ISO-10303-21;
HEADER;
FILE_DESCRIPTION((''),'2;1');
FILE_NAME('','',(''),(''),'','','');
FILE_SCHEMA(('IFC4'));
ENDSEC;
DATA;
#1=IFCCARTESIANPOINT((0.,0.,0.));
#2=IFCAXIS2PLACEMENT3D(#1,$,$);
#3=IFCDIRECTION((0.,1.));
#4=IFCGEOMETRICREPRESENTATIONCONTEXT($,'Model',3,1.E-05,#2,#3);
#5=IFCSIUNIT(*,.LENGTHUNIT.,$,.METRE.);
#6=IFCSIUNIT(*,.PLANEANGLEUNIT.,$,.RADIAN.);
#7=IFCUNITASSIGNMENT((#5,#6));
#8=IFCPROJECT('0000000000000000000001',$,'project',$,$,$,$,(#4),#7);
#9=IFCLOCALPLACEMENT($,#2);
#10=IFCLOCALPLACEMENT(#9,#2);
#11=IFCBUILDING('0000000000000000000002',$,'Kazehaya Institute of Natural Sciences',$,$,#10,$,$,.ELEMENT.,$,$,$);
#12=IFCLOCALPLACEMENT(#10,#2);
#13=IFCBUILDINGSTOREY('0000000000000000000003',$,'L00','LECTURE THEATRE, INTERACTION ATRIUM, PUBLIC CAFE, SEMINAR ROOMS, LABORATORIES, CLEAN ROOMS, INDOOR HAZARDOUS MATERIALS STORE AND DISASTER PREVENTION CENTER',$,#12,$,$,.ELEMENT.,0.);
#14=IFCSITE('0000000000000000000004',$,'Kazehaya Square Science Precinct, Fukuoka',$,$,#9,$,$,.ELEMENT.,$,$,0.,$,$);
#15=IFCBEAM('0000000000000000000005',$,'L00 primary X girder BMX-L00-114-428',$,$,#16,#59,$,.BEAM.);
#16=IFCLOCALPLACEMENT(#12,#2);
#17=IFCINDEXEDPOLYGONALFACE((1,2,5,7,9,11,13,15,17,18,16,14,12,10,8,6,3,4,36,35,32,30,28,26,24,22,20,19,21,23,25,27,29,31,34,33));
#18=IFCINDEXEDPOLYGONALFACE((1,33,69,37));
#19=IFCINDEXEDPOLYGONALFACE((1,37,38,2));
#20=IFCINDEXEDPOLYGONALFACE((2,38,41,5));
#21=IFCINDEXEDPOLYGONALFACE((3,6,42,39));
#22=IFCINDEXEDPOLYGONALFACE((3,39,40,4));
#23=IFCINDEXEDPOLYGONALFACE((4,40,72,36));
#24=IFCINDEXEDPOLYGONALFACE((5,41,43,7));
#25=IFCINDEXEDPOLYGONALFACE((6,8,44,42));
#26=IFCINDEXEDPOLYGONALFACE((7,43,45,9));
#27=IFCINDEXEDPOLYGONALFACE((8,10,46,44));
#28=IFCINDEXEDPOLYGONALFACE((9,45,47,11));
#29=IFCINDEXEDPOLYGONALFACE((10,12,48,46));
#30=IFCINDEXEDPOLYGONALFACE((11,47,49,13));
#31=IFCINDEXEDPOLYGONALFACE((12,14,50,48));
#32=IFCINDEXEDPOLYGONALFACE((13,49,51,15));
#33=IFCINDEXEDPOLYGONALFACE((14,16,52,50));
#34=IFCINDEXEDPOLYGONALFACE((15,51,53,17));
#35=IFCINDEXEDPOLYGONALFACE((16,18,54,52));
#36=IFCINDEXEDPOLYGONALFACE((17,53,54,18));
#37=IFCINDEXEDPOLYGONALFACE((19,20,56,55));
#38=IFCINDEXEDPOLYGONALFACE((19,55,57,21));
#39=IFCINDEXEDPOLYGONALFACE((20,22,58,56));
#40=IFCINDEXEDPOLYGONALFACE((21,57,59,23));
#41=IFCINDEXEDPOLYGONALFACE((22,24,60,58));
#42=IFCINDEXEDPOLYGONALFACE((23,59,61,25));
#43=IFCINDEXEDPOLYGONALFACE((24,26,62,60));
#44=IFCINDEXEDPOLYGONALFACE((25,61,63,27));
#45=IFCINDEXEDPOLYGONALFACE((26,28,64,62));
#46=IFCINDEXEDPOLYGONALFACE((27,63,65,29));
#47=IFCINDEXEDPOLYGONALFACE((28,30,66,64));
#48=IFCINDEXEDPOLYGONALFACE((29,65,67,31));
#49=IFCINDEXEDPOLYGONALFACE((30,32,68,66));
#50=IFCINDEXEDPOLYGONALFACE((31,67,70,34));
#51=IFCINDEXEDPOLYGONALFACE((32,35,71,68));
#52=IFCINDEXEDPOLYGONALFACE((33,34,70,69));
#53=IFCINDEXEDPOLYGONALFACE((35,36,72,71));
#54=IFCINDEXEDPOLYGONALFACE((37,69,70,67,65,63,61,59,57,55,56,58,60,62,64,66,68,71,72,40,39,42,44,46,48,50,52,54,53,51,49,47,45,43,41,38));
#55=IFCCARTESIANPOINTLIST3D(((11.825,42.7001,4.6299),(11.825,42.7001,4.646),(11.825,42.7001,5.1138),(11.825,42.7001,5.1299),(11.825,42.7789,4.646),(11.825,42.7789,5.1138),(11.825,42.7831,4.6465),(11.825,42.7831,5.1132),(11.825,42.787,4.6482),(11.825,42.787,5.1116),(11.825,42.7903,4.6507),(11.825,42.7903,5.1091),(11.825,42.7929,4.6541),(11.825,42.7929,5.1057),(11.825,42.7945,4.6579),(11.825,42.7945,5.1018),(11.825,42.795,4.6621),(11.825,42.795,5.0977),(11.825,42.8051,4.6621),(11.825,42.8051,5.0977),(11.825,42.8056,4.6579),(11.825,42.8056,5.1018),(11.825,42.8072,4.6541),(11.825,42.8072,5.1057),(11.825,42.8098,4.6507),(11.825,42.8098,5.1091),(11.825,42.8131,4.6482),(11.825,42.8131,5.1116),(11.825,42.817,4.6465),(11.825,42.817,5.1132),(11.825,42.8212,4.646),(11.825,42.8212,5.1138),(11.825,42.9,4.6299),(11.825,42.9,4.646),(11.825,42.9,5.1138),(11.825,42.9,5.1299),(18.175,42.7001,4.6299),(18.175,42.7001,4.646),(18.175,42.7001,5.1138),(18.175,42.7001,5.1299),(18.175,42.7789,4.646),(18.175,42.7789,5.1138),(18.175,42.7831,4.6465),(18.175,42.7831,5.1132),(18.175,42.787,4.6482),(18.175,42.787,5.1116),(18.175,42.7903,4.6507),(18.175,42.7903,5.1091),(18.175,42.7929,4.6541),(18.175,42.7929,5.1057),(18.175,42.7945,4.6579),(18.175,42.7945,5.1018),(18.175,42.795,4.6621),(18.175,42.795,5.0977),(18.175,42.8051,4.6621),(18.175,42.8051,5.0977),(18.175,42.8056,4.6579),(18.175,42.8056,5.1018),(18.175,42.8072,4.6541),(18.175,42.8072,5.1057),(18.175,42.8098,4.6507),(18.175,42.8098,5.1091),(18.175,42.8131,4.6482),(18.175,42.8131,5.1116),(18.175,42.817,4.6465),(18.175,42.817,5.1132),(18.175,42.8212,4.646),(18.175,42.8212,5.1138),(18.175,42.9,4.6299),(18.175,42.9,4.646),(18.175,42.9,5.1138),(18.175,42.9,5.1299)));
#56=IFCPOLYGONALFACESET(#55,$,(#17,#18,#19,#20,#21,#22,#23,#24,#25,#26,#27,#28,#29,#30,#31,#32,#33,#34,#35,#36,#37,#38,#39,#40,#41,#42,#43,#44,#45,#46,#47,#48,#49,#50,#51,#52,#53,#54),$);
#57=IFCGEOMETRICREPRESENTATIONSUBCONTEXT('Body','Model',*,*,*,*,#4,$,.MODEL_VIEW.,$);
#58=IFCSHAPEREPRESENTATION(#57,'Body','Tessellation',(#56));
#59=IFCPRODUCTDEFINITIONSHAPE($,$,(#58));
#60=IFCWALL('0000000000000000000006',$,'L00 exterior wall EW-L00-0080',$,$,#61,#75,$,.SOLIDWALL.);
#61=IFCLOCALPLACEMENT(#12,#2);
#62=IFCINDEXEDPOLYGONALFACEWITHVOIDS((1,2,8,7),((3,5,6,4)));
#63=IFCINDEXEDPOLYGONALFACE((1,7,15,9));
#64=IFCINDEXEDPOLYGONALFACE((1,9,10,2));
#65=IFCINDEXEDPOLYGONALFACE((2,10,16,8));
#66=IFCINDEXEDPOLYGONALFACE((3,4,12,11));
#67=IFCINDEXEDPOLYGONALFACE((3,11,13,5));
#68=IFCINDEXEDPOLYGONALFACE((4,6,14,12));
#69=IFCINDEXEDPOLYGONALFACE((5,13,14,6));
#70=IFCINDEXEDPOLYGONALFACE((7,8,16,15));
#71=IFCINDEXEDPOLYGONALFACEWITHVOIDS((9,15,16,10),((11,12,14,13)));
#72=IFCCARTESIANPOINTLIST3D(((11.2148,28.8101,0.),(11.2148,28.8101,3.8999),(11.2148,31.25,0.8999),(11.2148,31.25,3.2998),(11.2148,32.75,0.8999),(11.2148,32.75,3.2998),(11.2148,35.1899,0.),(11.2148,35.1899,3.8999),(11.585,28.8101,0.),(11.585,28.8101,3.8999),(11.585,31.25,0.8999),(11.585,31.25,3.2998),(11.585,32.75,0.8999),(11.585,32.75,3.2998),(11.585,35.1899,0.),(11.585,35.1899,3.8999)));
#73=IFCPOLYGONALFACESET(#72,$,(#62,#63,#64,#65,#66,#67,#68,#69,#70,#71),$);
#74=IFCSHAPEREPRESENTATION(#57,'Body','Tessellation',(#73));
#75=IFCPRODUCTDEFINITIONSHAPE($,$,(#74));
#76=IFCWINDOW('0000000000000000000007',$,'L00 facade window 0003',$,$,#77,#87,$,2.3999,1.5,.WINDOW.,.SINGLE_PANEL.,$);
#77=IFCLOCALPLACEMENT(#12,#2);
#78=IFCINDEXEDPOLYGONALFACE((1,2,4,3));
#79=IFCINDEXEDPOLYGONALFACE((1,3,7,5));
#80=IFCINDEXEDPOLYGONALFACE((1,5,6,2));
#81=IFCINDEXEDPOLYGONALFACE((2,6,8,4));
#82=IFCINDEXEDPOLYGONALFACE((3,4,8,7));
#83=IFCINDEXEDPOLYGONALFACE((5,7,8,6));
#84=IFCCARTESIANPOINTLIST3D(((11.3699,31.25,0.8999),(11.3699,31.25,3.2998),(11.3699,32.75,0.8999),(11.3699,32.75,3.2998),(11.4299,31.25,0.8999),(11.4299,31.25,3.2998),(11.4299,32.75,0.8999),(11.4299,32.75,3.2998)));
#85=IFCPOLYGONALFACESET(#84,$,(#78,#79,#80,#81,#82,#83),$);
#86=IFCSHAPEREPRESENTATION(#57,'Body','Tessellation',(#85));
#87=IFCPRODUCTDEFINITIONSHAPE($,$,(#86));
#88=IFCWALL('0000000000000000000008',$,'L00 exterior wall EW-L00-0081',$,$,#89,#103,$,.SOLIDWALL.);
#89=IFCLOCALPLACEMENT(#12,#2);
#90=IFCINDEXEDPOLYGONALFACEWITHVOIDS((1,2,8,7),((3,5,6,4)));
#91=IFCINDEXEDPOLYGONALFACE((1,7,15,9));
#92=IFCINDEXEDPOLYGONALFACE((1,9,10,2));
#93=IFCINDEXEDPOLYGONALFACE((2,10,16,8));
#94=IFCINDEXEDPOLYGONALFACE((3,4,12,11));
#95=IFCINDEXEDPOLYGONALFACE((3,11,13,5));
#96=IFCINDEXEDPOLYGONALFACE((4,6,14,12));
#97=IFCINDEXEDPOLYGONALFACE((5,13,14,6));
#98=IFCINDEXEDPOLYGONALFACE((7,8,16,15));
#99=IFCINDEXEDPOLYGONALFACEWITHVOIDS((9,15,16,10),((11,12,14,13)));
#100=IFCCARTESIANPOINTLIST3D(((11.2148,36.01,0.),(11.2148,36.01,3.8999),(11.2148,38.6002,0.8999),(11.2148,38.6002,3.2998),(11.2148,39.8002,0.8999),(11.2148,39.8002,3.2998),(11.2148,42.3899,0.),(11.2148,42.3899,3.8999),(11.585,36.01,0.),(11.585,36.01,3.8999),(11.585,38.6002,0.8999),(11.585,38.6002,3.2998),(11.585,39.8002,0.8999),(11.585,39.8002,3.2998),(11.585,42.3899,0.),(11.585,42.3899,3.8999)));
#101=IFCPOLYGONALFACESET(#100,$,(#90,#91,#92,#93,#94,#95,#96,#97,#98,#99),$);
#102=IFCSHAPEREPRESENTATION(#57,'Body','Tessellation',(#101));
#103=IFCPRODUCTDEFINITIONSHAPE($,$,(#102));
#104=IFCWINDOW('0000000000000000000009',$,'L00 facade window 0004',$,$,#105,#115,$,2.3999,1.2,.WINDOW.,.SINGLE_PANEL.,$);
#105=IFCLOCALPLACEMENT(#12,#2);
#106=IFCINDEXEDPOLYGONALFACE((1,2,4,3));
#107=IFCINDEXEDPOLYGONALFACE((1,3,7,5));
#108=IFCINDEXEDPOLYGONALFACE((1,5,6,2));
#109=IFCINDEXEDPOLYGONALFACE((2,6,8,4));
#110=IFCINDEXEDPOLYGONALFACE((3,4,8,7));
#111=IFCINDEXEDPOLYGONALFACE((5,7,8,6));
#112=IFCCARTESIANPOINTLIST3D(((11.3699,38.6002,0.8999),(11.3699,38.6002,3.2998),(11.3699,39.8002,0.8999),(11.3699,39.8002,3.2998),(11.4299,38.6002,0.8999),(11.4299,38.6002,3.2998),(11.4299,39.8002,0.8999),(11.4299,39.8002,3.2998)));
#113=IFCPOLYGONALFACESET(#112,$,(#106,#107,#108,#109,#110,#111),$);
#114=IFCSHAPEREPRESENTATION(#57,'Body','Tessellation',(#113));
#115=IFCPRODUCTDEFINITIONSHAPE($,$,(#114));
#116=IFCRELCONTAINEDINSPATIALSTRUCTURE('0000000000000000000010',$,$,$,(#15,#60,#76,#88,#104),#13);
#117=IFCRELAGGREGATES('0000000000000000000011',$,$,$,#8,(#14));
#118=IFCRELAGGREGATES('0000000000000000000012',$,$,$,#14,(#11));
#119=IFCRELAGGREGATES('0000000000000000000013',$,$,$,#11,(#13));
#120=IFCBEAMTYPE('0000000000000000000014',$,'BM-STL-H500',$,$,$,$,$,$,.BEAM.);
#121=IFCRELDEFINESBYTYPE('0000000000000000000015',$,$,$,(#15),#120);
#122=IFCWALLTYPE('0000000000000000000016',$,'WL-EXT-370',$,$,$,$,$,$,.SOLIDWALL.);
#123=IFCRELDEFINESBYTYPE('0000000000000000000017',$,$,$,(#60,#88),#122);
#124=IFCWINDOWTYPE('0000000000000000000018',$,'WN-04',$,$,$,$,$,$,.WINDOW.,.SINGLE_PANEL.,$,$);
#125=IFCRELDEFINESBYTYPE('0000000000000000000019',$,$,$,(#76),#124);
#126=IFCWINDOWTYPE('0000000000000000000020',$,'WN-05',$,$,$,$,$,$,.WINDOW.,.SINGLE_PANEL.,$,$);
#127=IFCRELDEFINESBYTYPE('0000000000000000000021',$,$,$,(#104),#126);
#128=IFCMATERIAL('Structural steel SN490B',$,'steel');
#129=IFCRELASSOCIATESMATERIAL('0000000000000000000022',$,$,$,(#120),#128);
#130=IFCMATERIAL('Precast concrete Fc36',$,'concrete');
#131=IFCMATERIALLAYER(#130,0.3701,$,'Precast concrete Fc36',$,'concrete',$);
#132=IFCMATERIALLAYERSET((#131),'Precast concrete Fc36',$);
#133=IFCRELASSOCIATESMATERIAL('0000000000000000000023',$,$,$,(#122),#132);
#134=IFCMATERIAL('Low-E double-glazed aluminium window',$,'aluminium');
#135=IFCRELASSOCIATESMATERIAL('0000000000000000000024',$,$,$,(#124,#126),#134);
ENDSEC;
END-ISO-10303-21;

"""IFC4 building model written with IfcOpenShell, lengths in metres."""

from ifc_helpers import new_model, si_unit, direction, frame, frame_2d, origin, origin_2d, place, context, subcontext, project, spatial, rectangle, i_section, extrude, material, layer, layer_set, material_profile, profile_set, type_object, element, fill, save


model = new_model("IFC4")

# Units and contexts
model_context = context("Model", 3, precision=1e-05, world=origin(), true_north=direction((0.0, 1.0)))
body_context = subcontext(model_context, "Body", "Model", "MODEL_VIEW")
ifc_project = project(units=[si_unit("LENGTHUNIT", "METRE"), si_unit("PLANEANGLEUNIT", "RADIAN")], contexts=[model_context])

# Site, building, storey
site_placement = place(None, origin())
site = spatial("IfcSite", under=ifc_project, at=site_placement, Name="Kazehaya Square Science Precinct, Fukuoka", CompositionType="ELEMENT", RefElevation=0.0)
building_placement = place(site_placement, origin())
building = spatial("IfcBuilding", under=site, at=building_placement, Name="Kazehaya Institute of Natural Sciences", CompositionType="ELEMENT")
storey_placement = place(building_placement, origin())
storey = spatial("IfcBuildingStorey", under=building, at=storey_placement, Name="L00", Description="LECTURE THEATRE, INTERACTION ATRIUM, PUBLIC CAFE, SEMINAR ROOMS, LABORATORIES, CLEAN ROOMS, INDOOR HAZARDOUS MATERIALS STORE AND DISASTER PREVENTION CENTER", CompositionType="ELEMENT", Elevation=0.0)

# Beam
ifc_material_1 = material(Name="Structural steel SN490B", Category="steel")
ifc_material_profile_1 = material_profile(ifc_material_1, i_section(OverallWidth=0.2, OverallDepth=0.5, WebThickness=0.01, FlangeThickness=0.0161, FilletRadius=0.0161, at=origin_2d()), Name="H-500x200x10x16")
ifc_profile_set_1 = profile_set([ifc_material_profile_1], Name="Structural steel SN490B")
beam_type_1 = type_object("IfcBeamType", Name="BM-STL-H500", PredefinedType="BEAM", material=ifc_profile_set_1)
beam_1_placement = place(storey_placement, frame((11.825, 42.8, 4.8799), z_axis=(1.0, 0.0, 0.0), x_axis=(0.0, 1.0, 0.0)))
element("IfcBeam", 1, at=beam_1_placement, inside=storey, type_object=beam_type_1, Name="L00 primary X girder BMX-L00-114-428", PredefinedType="BEAM", context=body_context, shape_type="SweptSolid", body=[
    extrude(i_section(OverallWidth=0.2, OverallDepth=0.5, WebThickness=0.01, FlangeThickness=0.0161, FilletRadius=0.0161, at=origin_2d()), origin(), (0.0, 0.0, 1.0), 6.3501),
])

# Shared definitions
ifc_material_2 = material(Name="Precast concrete Fc36", Category="concrete")

# Walls, openings, windows
ifc_layer_1 = layer(ifc_material_2, 0.3701, Name="Precast concrete Fc36", Category="concrete")
ifc_layer_set_1 = layer_set([ifc_layer_1], Name="Precast concrete Fc36")
wall_type_1 = type_object("IfcWallType", Name="WL-EXT-370", PredefinedType="SOLIDWALL", material=ifc_layer_set_1)
wall_1_placement = place(storey_placement, frame((11.3999, 28.8101, 0.0), z_axis=(0.0, 0.0, 1.0), x_axis=(0.0, 1.0, 0.0)))
wall_1 = element("IfcWall", 2, at=wall_1_placement, inside=storey, type_object=wall_type_1, Name="L00 exterior wall EW-L00-0080", PredefinedType="SOLIDWALL", context=body_context, shape_type="SweptSolid", body=[
    extrude(rectangle(XDim=6.3799, YDim=0.3701, at=frame_2d((3.1899, 0.0))), origin(), (0.0, 0.0, 1.0), 3.8999),
])
opening_1_placement = place(wall_1_placement, frame((2.4399, 0.0, 0.8999)))
opening_1 = element("IfcOpeningElement", 3, at=opening_1_placement, cuts=wall_1, PredefinedType="OPENING", context=body_context, shape_type="SweptSolid", body=[
    extrude(rectangle(XDim=1.5, YDim=2.3999, at=frame_2d((0.75, 1.2))), frame((0.0, 0.1951, 0.0), z_axis=(0.0, -1.0, 0.0), x_axis=(1.0, 0.0, 0.0)), (0.0, 0.0, 1.0), 0.3901),
])
ifc_material_3 = material(Name="Low-E double-glazed aluminium window", Category="aluminium")
window_type_1 = type_object("IfcWindowType", Name="WN-04", PartitioningType="SINGLE_PANEL", PredefinedType="WINDOW", material=ifc_material_3)
window_1_placement = place(opening_1_placement, origin())
window_1 = element("IfcWindow", 4, at=window_1_placement, inside=storey, type_object=window_type_1, Name="L00 facade window 0003", OverallHeight=2.3999, OverallWidth=1.5, PartitioningType="SINGLE_PANEL", PredefinedType="WINDOW", context=body_context, shape_type="SweptSolid", body=[
    extrude(rectangle(XDim=1.5, YDim=2.3999, at=frame_2d((0.75, 1.2))), frame((0.0, 0.03, 0.0), z_axis=(0.0, -1.0, 0.0), x_axis=(1.0, 0.0, 0.0)), (0.0, 0.0, 1.0), 0.0601),
])
fill(opening_1, window_1)
wall_2_placement = place(storey_placement, frame((11.3999, 36.01, 0.0), z_axis=(0.0, 0.0, 1.0), x_axis=(0.0, 1.0, 0.0)))
wall_2 = element("IfcWall", 5, at=wall_2_placement, inside=storey, type_object=wall_type_1, Name="L00 exterior wall EW-L00-0081", PredefinedType="SOLIDWALL", context=body_context, shape_type="SweptSolid", body=[
    extrude(rectangle(XDim=6.3799, YDim=0.3701, at=frame_2d((3.1899, 0.0))), origin(), (0.0, 0.0, 1.0), 3.8999),
])
opening_2_placement = place(wall_2_placement, frame((2.5901, 0.0, 0.8999)))
opening_2 = element("IfcOpeningElement", 6, at=opening_2_placement, cuts=wall_2, PredefinedType="OPENING", context=body_context, shape_type="SweptSolid", body=[
    extrude(rectangle(XDim=1.2, YDim=2.3999, at=frame_2d((0.6001, 1.2))), frame((0.0, 0.1951, 0.0), z_axis=(0.0, -1.0, 0.0), x_axis=(1.0, 0.0, 0.0)), (0.0, 0.0, 1.0), 0.3901),
])
window_type_2 = type_object("IfcWindowType", Name="WN-05", PartitioningType="SINGLE_PANEL", PredefinedType="WINDOW", material=ifc_material_3)
window_2_placement = place(opening_2_placement, origin())
window_2 = element("IfcWindow", 7, at=window_2_placement, inside=storey, type_object=window_type_2, Name="L00 facade window 0004", OverallHeight=2.3999, OverallWidth=1.2, PartitioningType="SINGLE_PANEL", PredefinedType="WINDOW", context=body_context, shape_type="SweptSolid", body=[
    extrude(rectangle(XDim=1.2, YDim=2.3999, at=frame_2d((0.6001, 1.2))), frame((0.0, 0.03, 0.0), z_axis=(0.0, -1.0, 0.0), x_axis=(1.0, 0.0, 0.0)), (0.0, 0.0, 1.0), 0.0601),
])
fill(opening_2, window_2)

save(model, "model.ifc")
